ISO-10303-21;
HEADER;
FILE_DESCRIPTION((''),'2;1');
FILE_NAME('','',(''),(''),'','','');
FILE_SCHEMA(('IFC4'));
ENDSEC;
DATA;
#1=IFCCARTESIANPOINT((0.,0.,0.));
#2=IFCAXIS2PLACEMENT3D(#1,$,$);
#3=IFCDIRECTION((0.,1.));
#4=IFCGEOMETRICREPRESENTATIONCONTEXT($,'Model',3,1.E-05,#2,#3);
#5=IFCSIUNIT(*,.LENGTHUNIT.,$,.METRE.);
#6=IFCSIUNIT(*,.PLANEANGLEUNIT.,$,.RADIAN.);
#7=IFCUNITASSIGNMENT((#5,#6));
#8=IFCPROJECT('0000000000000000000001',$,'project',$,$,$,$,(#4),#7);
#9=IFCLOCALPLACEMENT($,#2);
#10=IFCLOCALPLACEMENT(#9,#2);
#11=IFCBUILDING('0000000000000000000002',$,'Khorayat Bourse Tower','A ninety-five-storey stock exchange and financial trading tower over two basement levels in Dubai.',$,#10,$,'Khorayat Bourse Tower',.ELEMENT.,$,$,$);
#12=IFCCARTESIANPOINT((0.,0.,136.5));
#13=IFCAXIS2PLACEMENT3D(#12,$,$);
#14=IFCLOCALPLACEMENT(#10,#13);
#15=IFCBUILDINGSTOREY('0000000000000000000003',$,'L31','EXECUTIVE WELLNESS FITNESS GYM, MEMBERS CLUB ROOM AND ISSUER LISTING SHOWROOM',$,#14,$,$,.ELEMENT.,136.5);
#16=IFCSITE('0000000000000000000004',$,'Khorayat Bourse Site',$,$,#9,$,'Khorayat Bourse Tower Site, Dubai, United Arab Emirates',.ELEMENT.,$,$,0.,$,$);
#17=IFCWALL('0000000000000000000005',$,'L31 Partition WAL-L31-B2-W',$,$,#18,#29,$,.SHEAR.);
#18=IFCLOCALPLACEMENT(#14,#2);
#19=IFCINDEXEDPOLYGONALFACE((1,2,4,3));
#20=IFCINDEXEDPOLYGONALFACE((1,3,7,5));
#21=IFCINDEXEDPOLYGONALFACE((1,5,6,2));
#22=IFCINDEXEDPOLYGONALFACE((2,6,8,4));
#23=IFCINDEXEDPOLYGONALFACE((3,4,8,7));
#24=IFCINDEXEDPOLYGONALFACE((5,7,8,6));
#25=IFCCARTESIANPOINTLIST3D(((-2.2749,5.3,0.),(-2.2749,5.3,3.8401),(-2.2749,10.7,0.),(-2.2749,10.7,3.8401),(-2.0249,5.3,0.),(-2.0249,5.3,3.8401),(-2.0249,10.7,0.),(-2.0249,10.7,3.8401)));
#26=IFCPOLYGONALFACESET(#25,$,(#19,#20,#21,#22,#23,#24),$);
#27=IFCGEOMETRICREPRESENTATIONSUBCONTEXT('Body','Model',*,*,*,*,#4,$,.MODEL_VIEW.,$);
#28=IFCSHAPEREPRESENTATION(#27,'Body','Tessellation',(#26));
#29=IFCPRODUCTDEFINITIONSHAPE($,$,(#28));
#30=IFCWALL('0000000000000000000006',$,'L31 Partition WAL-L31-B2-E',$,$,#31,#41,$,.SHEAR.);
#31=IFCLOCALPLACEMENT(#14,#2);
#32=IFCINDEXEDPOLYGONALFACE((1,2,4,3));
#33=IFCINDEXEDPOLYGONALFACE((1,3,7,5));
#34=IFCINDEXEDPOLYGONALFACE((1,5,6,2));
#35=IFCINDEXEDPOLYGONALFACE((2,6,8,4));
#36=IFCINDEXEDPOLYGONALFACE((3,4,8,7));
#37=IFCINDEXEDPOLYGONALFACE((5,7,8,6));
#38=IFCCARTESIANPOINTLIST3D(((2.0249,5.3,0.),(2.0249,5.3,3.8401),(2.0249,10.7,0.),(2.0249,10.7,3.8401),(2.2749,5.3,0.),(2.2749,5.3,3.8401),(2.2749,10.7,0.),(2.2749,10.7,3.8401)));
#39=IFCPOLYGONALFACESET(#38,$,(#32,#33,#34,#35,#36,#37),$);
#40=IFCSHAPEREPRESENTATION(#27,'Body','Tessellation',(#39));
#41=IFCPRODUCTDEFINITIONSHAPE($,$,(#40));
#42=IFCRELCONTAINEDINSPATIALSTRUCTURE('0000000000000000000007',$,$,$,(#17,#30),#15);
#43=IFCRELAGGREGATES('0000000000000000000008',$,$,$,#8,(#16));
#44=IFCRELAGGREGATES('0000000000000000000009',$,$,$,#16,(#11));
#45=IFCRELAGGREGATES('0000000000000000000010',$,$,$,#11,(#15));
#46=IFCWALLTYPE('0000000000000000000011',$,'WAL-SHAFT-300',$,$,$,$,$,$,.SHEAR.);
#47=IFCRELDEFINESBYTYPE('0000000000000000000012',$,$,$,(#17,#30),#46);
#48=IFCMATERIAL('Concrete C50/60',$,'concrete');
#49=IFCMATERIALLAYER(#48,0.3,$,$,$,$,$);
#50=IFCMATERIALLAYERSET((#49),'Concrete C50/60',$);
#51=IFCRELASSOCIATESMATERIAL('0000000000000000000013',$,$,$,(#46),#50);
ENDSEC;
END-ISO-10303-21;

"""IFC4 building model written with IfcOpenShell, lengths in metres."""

from ifc_helpers import new_model, si_unit, direction, frame, frame_2d, origin, place, context, subcontext, project, spatial, rectangle, extrude, source, transform, mapped, material, layer, layer_set, type_object, element, save


model = new_model("IFC4")

# Units and contexts
model_context = context("Model", 3, precision=1e-05, world=origin(), true_north=direction((0.0, 1.0)))
body_context = subcontext(model_context, "Body", "Model", "MODEL_VIEW")
ifc_project = project(units=[si_unit("LENGTHUNIT", "METRE"), si_unit("PLANEANGLEUNIT", "RADIAN")], contexts=[model_context])

# Site, building, storey
site_placement = place(None, origin())
site = spatial("IfcSite", under=ifc_project, at=site_placement, Name="Khorayat Bourse Site", LongName="Khorayat Bourse Tower Site, Dubai, United Arab Emirates", CompositionType="ELEMENT", RefElevation=0.0)
building_placement = place(site_placement, origin())
building = spatial("IfcBuilding", under=site, at=building_placement, Name="Khorayat Bourse Tower", Description="A ninety-five-storey stock exchange and financial trading tower over two basement levels in Dubai.", LongName="Khorayat Bourse Tower", CompositionType="ELEMENT")
storey_placement = place(building_placement, frame((0.0, 0.0, 136.5)))
storey = spatial("IfcBuildingStorey", under=building, at=storey_placement, Name="L31", Description="EXECUTIVE WELLNESS FITNESS GYM, MEMBERS CLUB ROOM AND ISSUER LISTING SHOWROOM", CompositionType="ELEMENT", Elevation=136.5)

# Shared definitions
ifc_material_1 = material(Name="Concrete C50/60", Category="concrete")
ifc_layer_1 = layer(ifc_material_1, 0.3)
ifc_layer_set_1 = layer_set([ifc_layer_1], Name="Concrete C50/60")
wall_type_1 = type_object("IfcWallType", Name="WAL-SHAFT-300", PredefinedType="SHEAR", material=ifc_layer_set_1)

# Walls
shared_shape_1 = source(origin(), body_context, "Body", "SweptSolid", [
    extrude(rectangle(XDim=5.3999, YDim=0.25, at=frame_2d((2.7, 0.0))), origin(), (0.0, 0.0, 1.0), 3.8401),
])
for number, where, z_axis, x_axis, name in (
    (1, (-2.1499, 5.3, 0.0), (0.0, 0.0, 1.0), (0.0, 1.0, 0.0), "L31 Partition WAL-L31-B2-W"),
    (2, (2.1499, 5.3, 0.0), (0.0, 0.0, 1.0), (0.0, 1.0, 0.0), "L31 Partition WAL-L31-B2-E"),
):
    element("IfcWall", number, at=place(storey_placement, frame(where, z_axis=z_axis, x_axis=x_axis)), inside=storey, type_object=wall_type_1, Name=name, PredefinedType="SHEAR", context=body_context, shape_type="MappedRepresentation", body=[
        mapped(shared_shape_1, transform((0.0, 0.0, 0.0), scale=1.0)),
    ])

save(model, "model.ifc")
